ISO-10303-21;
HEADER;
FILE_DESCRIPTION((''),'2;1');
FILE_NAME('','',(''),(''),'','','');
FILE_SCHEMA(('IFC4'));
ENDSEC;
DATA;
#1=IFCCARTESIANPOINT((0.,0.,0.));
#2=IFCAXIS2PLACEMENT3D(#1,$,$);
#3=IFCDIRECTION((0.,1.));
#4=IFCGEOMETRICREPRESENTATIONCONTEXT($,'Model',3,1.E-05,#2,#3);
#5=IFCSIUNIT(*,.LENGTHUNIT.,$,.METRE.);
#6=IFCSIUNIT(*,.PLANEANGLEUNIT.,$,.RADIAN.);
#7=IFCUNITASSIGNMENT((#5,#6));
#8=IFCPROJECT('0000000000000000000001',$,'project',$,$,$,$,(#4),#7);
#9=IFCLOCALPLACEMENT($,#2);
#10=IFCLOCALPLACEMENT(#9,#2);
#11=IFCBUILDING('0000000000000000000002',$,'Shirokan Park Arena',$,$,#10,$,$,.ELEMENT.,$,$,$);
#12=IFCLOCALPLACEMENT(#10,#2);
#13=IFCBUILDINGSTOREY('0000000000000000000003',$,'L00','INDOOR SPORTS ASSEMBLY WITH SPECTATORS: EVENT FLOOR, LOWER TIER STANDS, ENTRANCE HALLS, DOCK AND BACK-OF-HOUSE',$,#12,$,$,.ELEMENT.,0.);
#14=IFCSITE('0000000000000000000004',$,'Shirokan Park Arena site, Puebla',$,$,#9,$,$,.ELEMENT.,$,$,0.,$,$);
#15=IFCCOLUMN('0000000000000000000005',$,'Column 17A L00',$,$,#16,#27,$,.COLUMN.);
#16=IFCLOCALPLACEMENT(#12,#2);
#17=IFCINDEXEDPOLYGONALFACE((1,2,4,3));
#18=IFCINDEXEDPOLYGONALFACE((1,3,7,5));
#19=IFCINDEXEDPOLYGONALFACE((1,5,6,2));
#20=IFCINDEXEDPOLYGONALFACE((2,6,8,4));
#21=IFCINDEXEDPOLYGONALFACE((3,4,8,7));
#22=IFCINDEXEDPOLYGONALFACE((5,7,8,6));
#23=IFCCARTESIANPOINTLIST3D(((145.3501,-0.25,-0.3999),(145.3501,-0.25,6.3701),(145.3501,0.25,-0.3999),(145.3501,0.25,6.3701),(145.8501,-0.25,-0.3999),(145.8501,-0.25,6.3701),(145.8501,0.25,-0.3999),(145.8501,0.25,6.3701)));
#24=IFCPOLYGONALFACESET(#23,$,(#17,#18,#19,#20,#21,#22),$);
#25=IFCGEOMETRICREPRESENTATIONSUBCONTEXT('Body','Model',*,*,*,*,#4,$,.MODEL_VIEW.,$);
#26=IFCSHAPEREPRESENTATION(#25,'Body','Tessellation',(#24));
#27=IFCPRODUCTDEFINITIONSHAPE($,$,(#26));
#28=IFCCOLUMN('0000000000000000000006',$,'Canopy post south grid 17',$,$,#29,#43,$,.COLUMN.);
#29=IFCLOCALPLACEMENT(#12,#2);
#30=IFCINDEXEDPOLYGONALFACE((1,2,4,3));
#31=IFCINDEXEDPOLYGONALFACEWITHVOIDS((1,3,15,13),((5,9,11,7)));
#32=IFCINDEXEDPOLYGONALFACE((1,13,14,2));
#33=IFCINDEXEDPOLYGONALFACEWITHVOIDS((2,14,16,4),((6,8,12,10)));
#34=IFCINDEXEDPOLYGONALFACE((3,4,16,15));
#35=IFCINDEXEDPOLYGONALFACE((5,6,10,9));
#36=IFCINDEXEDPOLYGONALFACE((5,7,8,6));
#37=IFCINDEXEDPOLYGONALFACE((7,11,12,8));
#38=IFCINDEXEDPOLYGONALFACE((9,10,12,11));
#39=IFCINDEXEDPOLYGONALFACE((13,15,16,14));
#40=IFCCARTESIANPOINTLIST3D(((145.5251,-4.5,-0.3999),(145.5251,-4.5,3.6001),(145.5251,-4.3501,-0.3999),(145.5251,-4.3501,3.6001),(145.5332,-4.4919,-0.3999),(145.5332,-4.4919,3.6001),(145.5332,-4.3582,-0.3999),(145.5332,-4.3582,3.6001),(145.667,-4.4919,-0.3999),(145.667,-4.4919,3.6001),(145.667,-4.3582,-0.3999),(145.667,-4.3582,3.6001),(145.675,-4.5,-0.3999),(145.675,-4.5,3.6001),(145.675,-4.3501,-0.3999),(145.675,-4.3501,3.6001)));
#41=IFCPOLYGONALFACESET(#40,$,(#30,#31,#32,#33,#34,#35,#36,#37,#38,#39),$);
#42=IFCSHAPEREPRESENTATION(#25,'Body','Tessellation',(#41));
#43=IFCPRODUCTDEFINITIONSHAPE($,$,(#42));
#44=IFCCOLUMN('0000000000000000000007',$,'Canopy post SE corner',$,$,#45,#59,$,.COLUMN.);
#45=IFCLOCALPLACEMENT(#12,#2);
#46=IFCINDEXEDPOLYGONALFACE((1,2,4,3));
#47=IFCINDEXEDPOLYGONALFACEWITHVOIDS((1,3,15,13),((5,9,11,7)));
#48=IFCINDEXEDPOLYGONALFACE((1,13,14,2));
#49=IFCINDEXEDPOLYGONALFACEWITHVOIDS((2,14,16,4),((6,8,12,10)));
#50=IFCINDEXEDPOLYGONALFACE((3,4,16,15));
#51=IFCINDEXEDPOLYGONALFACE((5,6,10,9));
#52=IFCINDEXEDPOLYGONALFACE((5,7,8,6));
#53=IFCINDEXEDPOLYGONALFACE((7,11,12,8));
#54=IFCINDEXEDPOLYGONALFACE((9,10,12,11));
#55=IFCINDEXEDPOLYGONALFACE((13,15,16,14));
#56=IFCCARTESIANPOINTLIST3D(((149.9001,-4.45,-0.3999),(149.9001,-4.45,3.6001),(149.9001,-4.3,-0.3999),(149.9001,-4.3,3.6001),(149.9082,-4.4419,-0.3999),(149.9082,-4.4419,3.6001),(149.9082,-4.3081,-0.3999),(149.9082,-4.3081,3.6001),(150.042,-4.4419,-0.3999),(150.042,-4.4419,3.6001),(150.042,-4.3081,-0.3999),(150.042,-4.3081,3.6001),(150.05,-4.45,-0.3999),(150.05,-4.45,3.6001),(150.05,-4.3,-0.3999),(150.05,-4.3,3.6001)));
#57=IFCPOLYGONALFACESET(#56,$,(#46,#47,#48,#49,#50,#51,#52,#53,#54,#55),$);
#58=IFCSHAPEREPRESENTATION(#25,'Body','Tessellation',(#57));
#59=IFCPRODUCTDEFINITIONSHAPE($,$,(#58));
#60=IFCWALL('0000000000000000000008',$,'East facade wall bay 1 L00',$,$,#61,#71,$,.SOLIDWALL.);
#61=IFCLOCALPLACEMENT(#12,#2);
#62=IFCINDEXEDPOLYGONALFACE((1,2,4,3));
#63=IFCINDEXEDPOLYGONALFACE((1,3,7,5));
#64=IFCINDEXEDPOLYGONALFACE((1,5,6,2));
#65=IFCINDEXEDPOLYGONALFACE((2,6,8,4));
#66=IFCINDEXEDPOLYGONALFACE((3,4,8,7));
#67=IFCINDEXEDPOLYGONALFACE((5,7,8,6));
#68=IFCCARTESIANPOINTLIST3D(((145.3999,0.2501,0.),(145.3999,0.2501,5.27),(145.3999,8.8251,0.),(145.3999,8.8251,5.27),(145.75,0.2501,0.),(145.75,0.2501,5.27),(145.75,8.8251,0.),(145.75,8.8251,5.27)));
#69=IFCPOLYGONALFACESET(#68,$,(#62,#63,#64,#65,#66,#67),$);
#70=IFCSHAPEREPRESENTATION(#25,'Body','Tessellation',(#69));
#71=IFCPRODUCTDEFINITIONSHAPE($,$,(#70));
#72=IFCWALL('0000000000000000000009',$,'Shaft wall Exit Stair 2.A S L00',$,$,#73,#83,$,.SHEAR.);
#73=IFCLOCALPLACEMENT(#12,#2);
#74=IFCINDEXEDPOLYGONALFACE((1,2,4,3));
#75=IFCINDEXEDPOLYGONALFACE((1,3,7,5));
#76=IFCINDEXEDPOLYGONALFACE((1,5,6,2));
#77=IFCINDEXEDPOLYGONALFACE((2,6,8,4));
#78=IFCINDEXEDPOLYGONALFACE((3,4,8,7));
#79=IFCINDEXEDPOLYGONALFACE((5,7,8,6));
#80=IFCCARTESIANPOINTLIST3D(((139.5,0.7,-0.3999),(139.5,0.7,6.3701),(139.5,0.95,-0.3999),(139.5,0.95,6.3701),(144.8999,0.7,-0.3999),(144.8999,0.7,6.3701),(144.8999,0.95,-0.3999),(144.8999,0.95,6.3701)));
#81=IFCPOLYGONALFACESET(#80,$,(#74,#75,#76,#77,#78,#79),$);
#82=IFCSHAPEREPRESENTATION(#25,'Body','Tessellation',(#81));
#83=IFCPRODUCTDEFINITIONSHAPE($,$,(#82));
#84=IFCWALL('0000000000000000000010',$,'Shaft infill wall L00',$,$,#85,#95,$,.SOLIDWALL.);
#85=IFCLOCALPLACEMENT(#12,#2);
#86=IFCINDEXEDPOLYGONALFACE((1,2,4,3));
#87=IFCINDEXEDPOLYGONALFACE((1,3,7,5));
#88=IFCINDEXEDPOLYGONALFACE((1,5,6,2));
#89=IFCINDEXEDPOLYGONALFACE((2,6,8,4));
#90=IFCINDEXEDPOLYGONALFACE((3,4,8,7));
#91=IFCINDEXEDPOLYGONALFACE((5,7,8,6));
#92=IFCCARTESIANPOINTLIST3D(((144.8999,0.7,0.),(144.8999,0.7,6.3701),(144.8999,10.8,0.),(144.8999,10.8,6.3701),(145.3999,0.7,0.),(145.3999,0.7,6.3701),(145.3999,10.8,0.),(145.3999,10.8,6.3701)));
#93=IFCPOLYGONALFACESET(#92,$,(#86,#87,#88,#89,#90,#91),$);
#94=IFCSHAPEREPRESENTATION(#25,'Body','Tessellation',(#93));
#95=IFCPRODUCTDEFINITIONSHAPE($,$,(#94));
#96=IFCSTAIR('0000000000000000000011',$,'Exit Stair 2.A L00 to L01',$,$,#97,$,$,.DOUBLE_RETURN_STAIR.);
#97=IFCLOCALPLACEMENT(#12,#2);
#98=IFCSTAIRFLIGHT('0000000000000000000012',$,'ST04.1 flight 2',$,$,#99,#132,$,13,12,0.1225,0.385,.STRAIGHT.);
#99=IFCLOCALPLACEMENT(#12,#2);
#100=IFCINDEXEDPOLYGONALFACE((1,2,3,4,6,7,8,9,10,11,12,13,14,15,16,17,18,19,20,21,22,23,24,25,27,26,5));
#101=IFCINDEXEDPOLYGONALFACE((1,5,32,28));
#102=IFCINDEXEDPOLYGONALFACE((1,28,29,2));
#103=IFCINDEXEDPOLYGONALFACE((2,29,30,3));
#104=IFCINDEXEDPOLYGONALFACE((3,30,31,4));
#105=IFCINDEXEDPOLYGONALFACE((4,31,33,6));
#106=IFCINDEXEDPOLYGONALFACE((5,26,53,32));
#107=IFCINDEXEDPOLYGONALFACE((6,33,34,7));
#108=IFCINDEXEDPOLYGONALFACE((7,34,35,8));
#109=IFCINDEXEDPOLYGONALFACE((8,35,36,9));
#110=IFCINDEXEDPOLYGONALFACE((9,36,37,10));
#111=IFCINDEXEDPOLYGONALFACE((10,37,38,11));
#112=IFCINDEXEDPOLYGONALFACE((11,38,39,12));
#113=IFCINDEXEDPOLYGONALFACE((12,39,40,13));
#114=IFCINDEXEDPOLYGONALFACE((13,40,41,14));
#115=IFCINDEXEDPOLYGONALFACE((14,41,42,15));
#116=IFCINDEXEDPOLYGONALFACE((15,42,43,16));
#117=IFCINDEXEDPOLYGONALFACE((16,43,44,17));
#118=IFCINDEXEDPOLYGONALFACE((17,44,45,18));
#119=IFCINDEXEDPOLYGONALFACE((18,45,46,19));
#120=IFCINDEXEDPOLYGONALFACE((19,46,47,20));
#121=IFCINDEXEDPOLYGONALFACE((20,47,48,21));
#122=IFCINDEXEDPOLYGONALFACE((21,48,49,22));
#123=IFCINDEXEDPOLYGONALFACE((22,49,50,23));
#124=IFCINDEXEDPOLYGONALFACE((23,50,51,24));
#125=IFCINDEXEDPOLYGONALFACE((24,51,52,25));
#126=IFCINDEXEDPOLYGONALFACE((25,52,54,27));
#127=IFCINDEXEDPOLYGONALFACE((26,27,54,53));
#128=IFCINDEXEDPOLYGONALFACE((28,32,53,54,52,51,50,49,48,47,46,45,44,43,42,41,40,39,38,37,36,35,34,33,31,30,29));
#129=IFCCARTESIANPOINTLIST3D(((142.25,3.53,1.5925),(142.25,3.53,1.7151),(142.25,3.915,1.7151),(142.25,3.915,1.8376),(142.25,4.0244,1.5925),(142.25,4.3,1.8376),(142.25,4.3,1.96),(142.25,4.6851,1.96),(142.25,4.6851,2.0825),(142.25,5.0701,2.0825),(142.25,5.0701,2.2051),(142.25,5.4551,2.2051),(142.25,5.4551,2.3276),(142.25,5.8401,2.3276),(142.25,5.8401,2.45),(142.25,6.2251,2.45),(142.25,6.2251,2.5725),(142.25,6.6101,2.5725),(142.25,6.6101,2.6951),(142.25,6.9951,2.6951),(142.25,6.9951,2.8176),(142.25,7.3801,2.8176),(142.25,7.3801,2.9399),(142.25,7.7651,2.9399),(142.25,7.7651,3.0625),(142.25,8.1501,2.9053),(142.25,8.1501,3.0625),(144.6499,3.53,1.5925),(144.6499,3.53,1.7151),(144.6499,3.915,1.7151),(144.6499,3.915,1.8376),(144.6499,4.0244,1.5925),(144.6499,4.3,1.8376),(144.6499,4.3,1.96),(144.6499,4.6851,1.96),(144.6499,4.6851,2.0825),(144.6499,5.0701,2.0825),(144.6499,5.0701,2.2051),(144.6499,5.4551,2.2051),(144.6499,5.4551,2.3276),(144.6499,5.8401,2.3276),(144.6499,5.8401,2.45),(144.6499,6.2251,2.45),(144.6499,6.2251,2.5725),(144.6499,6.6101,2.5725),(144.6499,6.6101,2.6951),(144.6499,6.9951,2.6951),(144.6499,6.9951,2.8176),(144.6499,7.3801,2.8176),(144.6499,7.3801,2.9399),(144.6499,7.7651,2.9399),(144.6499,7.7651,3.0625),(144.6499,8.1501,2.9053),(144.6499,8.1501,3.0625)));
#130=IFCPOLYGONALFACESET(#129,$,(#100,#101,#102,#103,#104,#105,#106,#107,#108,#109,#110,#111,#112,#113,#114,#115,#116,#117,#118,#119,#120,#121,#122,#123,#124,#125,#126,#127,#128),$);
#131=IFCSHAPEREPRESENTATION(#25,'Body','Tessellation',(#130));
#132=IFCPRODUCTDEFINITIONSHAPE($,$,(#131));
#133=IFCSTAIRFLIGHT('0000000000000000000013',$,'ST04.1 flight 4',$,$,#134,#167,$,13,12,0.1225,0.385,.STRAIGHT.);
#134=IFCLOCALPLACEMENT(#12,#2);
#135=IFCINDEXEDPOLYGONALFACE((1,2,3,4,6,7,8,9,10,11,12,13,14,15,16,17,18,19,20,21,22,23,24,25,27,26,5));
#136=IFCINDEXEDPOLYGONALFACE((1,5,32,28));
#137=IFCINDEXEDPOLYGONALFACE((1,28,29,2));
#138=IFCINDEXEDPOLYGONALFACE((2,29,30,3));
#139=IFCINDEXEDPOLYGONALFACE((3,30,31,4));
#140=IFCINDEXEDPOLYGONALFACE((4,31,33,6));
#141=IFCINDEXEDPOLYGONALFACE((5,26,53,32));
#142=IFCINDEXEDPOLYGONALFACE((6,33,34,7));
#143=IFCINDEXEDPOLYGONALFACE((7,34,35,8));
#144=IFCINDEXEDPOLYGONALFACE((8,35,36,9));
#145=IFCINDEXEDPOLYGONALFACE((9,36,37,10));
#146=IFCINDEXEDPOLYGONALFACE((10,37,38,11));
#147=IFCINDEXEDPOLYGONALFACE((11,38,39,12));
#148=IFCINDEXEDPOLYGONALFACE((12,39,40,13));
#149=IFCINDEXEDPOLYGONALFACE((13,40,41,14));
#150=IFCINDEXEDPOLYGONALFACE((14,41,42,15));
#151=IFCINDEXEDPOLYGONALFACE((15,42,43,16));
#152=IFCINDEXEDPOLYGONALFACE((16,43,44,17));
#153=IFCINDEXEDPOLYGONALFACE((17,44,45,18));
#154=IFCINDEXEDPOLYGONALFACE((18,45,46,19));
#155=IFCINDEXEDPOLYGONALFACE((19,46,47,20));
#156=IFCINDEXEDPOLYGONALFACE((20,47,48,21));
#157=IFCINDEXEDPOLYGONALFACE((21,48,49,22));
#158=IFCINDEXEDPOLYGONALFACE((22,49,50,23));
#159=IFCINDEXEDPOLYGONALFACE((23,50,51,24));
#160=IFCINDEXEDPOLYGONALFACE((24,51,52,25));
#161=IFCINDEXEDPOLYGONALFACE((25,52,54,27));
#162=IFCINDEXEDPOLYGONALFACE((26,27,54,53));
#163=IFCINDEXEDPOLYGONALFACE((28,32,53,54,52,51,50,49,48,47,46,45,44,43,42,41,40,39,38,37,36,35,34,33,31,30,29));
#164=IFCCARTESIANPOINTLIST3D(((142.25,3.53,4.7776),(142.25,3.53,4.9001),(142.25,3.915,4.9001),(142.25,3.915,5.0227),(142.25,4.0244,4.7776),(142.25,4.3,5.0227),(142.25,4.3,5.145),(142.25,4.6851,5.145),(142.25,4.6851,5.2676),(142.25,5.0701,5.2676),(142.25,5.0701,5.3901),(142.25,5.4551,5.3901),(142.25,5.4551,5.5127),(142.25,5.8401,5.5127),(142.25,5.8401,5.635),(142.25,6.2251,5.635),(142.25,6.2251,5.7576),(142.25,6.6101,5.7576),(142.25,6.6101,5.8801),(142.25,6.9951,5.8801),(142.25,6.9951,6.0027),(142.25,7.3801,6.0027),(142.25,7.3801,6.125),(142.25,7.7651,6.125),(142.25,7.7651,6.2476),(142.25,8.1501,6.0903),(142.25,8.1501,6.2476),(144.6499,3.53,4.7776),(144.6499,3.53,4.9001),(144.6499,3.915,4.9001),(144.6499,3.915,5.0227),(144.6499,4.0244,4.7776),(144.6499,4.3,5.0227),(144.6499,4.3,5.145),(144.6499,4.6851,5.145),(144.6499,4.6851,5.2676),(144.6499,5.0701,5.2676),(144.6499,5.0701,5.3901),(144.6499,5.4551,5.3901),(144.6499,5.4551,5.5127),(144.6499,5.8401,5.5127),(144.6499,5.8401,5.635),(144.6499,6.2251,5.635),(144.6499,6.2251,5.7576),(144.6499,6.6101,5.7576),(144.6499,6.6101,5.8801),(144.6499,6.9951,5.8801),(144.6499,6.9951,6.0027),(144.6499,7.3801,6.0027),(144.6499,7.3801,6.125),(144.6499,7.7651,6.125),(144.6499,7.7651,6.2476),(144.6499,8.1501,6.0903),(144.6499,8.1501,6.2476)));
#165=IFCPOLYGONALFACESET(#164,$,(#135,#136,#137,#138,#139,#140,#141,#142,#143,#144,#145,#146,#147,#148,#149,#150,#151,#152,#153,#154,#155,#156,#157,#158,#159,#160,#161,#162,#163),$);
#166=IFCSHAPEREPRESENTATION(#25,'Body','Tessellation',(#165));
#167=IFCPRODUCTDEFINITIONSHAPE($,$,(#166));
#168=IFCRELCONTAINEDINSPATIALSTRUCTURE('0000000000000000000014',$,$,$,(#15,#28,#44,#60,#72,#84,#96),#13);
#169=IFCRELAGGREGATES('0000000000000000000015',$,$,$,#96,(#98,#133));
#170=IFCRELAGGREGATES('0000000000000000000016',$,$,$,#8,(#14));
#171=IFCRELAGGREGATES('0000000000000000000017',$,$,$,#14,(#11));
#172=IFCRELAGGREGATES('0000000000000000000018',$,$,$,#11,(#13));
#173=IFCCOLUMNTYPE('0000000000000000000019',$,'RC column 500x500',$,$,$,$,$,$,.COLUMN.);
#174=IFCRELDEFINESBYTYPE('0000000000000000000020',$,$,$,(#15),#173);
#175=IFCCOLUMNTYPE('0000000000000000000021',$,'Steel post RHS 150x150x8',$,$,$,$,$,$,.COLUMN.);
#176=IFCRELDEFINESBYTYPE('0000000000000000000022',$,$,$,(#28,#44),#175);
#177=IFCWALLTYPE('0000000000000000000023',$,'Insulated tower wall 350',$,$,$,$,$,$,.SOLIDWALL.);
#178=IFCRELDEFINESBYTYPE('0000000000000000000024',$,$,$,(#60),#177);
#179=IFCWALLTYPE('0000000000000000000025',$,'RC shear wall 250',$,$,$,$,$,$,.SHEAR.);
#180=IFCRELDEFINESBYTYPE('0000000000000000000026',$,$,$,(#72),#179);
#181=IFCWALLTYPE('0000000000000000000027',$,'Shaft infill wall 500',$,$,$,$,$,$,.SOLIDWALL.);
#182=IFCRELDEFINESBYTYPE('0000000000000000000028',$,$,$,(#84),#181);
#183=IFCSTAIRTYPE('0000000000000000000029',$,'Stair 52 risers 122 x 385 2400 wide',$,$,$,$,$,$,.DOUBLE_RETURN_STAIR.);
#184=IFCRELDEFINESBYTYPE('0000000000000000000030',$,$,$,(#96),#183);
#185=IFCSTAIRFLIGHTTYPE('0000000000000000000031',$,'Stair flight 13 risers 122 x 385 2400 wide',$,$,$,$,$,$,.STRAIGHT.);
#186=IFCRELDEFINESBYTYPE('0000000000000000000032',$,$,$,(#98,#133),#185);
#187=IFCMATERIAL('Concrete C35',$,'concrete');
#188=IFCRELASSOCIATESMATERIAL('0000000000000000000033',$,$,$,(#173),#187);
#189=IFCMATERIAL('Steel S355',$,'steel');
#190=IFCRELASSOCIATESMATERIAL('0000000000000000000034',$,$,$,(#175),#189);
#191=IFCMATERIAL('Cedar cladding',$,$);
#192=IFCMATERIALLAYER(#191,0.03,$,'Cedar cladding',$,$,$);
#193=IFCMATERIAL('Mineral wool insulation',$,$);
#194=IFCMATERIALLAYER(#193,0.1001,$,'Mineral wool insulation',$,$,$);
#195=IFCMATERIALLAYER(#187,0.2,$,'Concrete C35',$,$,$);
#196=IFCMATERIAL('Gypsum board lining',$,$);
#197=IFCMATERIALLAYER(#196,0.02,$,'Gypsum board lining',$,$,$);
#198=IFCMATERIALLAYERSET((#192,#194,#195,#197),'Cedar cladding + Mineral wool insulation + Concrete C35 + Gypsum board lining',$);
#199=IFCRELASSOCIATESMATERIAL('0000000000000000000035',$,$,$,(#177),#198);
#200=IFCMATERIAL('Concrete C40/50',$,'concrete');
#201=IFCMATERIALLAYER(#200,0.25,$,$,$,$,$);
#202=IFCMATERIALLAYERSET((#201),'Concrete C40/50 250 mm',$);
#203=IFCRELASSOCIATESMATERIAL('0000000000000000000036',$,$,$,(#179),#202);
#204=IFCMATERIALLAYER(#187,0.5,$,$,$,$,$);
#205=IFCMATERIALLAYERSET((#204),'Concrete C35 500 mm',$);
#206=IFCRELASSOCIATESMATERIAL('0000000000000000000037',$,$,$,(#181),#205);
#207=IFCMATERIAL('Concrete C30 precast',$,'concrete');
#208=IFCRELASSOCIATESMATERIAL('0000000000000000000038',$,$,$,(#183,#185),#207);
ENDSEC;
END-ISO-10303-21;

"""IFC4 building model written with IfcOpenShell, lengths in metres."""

from ifc_helpers import new_model, si_unit, direction, frame, frame_2d, origin, origin_2d, place, context, subcontext, project, spatial, polyline, rectangle, hollow_rectangle, outline, extrude, material, layer, layer_set, material_profile, profile_set, type_object, element, aggregate, save


model = new_model("IFC4")

# Units and contexts
model_context = context("Model", 3, precision=1e-05, world=origin(), true_north=direction((0.0, 1.0)))
body_context = subcontext(model_context, "Body", "Model", "MODEL_VIEW")
ifc_project = project(units=[si_unit("LENGTHUNIT", "METRE"), si_unit("PLANEANGLEUNIT", "RADIAN")], contexts=[model_context])

# Site, building, storey
site_placement = place(None, origin())
site = spatial("IfcSite", under=ifc_project, at=site_placement, Name="Shirokan Park Arena site, Puebla", CompositionType="ELEMENT", RefElevation=0.0)
building_placement = place(site_placement, origin())
building = spatial("IfcBuilding", under=site, at=building_placement, Name="Shirokan Park Arena", CompositionType="ELEMENT")
storey_placement = place(building_placement, origin())
storey = spatial("IfcBuildingStorey", under=building, at=storey_placement, Name="L00", Description="INDOOR SPORTS ASSEMBLY WITH SPECTATORS: EVENT FLOOR, LOWER TIER STANDS, ENTRANCE HALLS, DOCK AND BACK-OF-HOUSE", CompositionType="ELEMENT", Elevation=0.0)

# Columns
ifc_material_1 = material(Name="Concrete C35", Category="concrete")
ifc_material_profile_1 = material_profile(ifc_material_1, rectangle(XDim=0.5, YDim=0.5, at=origin_2d()), Name="500x500")
ifc_profile_set_1 = profile_set([ifc_material_profile_1], Name="Concrete C35")
column_type_1 = type_object("IfcColumnType", Name="RC column 500x500", PredefinedType="COLUMN", material=ifc_profile_set_1)
column_placement = place(storey_placement, frame((145.6001, 0.0, -0.3999), z_axis=(0.0, 0.0, 1.0), x_axis=(1.0, 0.0, 0.0)))
element("IfcColumn", 1, at=column_placement, inside=storey, type_object=column_type_1, Name="Column 17A L00", PredefinedType="COLUMN", context=body_context, shape_type="SweptSolid", body=[
    extrude(rectangle(XDim=0.5, YDim=0.5, at=origin_2d()), origin(), (0.0, 0.0, 1.0), 6.77),
])
ifc_material_2 = material(Name="Steel S355", Category="steel")
ifc_material_profile_2 = material_profile(ifc_material_2, hollow_rectangle(XDim=0.1499, YDim=0.1499, WallThickness=0.0081, at=origin_2d()), Name="RHS 150x150x8")
ifc_profile_set_2 = profile_set([ifc_material_profile_2], Name="Steel S355")
column_type_2 = type_object("IfcColumnType", Name="Steel post RHS 150x150x8", PredefinedType="COLUMN", material=ifc_profile_set_2)
for number, where, z_axis, x_axis, name in (
    (2, (145.6001, -4.425, -0.3999), (0.0, 0.0, 1.0), (1.0, 0.0, 0.0), "Canopy post south grid 17"),
    (3, (149.9751, -4.375, -0.3999), (0.0, 0.0, 1.0), (1.0, 0.0, 0.0), "Canopy post SE corner"),
):
    element("IfcColumn", number, at=place(storey_placement, frame(where, z_axis=z_axis, x_axis=x_axis)), inside=storey, type_object=column_type_2, Name=name, PredefinedType="COLUMN", context=body_context, shape_type="SweptSolid", body=[
        extrude(hollow_rectangle(XDim=0.1499, YDim=0.1499, WallThickness=0.0081, at=origin_2d()), origin(), (0.0, 0.0, 1.0), 4.0),
    ])

# Walls
ifc_material_3 = material(Name="Cedar cladding")
ifc_layer_1 = layer(ifc_material_3, 0.03, Name="Cedar cladding")
ifc_material_4 = material(Name="Mineral wool insulation")
ifc_layer_2 = layer(ifc_material_4, 0.1001, Name="Mineral wool insulation")
ifc_layer_3 = layer(ifc_material_1, 0.2, Name="Concrete C35")
ifc_material_5 = material(Name="Gypsum board lining")
ifc_layer_4 = layer(ifc_material_5, 0.02, Name="Gypsum board lining")
ifc_layer_set_1 = layer_set([ifc_layer_1, ifc_layer_2, ifc_layer_3, ifc_layer_4], Name="Cedar cladding + Mineral wool insulation + Concrete C35 + Gypsum board lining")
wall_type_1 = type_object("IfcWallType", Name="Insulated tower wall 350", PredefinedType="SOLIDWALL", material=ifc_layer_set_1)
wall_1_placement = place(storey_placement, frame((145.575, 0.25, 0.0), z_axis=(0.0, 0.0, 1.0), x_axis=(0.0, 1.0, 0.0)))
element("IfcWall", 4, at=wall_1_placement, inside=storey, type_object=wall_type_1, Name="East facade wall bay 1 L00", PredefinedType="SOLIDWALL", context=body_context, shape_type="SweptSolid", body=[
    extrude(rectangle(XDim=8.575, YDim=0.3501, at=frame_2d((4.2876, 0.0))), origin(), (0.0, 0.0, 1.0), 5.27),
])
ifc_material_6 = material(Name="Concrete C40/50", Category="concrete")
ifc_layer_5 = layer(ifc_material_6, 0.25)
ifc_layer_set_2 = layer_set([ifc_layer_5], Name="Concrete C40/50 250 mm")
wall_type_2 = type_object("IfcWallType", Name="RC shear wall 250", PredefinedType="SHEAR", material=ifc_layer_set_2)
wall_2_placement = place(storey_placement, frame((144.8999, 0.825, -0.3999), z_axis=(0.0, 0.0, 1.0), x_axis=(-1.0, 0.0, 0.0)))
element("IfcWall", 5, at=wall_2_placement, inside=storey, type_object=wall_type_2, Name="Shaft wall Exit Stair 2.A S L00", PredefinedType="SHEAR", context=body_context, shape_type="SweptSolid", body=[
    extrude(rectangle(XDim=5.3999, YDim=0.25, at=frame_2d((2.7, 0.0))), origin(), (0.0, 0.0, 1.0), 6.77),
])
ifc_layer_6 = layer(ifc_material_1, 0.5)
ifc_layer_set_3 = layer_set([ifc_layer_6], Name="Concrete C35 500 mm")
wall_type_3 = type_object("IfcWallType", Name="Shaft infill wall 500", PredefinedType="SOLIDWALL", material=ifc_layer_set_3)
wall_3_placement = place(storey_placement, frame((145.1499, 0.7, 0.0), z_axis=(0.0, 0.0, 1.0), x_axis=(0.0, 1.0, 0.0)))
element("IfcWall", 6, at=wall_3_placement, inside=storey, type_object=wall_type_3, Name="Shaft infill wall L00", PredefinedType="SOLIDWALL", context=body_context, shape_type="SweptSolid", body=[
    extrude(rectangle(XDim=10.1001, YDim=0.5, at=frame_2d((5.05, 0.0))), origin(), (0.0, 0.0, 1.0), 6.3701),
])

# Stair, stair flights
ifc_material_7 = material(Name="Concrete C30 precast", Category="concrete")
stair_type = type_object("IfcStairType", Name="Stair 52 risers 122 x 385 2400 wide", PredefinedType="DOUBLE_RETURN_STAIR", material=ifc_material_7)
stair_placement = place(storey_placement, origin())
stair = element("IfcStair", 7, at=stair_placement, inside=storey, type_object=stair_type, Name="Exit Stair 2.A L00 to L01", PredefinedType="DOUBLE_RETURN_STAIR")
stair_flight_type = type_object("IfcStairFlightType", Name="Stair flight 13 risers 122 x 385 2400 wide", PredefinedType="STRAIGHT", material=ifc_material_7)
stair_flight_1_placement = place(storey_placement, frame((143.45, 3.53, 1.5925), z_axis=(0.0, 0.0, 1.0), x_axis=(0.0, 1.0, 0.0)))
stair_flight_1 = element("IfcStairFlight", 8, at=stair_flight_1_placement, type_object=stair_flight_type, Name="ST04.1 flight 2", NumberOfRisers=13, NumberOfTreads=12, PredefinedType="STRAIGHT", RiserHeight=0.1225, TreadLength=0.385, context=body_context, shape_type="SweptSolid", body=[
    extrude(outline(polyline([(0.0, 0.0), (0.0, 0.1226), (0.385, 0.1226), (0.385, 0.2451), (0.77, 0.2451), (0.77, 0.3674), (1.155, 0.3674), (1.155, 0.49), (1.54, 0.49), (1.54, 0.6125), (1.925, 0.6125), (1.925, 0.7351), (2.3101, 0.7351), (2.3101, 0.8574), (2.6951, 0.8574), (2.6951, 0.98), (3.0801, 0.98), (3.0801, 1.1025), (3.4651, 1.1025), (3.4651, 1.2251), (3.8501, 1.2251), (3.8501, 1.3474), (4.2351, 1.3474), (4.2351, 1.47), (4.6201, 1.47), (4.6201, 1.5925), (4.6201, 1.3127), (0.4944, 0.0), (0.0, 0.0)])), frame((0.0, 1.2, 0.0), z_axis=(0.0, -1.0, 0.0), x_axis=(1.0, 0.0, 0.0)), (0.0, 0.0, 1.0), 2.3999),
])
stair_flight_2_placement = place(storey_placement, frame((143.45, 3.53, 4.7776), z_axis=(0.0, 0.0, 1.0), x_axis=(0.0, 1.0, 0.0)))
stair_flight_2 = element("IfcStairFlight", 9, at=stair_flight_2_placement, type_object=stair_flight_type, Name="ST04.1 flight 4", NumberOfRisers=13, NumberOfTreads=12, PredefinedType="STRAIGHT", RiserHeight=0.1225, TreadLength=0.385, context=body_context, shape_type="SweptSolid", body=[
    extrude(outline(polyline([(0.0, 0.0), (0.0, 0.1226), (0.385, 0.1226), (0.385, 0.2451), (0.77, 0.2451), (0.77, 0.3674), (1.155, 0.3674), (1.155, 0.49), (1.54, 0.49), (1.54, 0.6125), (1.925, 0.6125), (1.925, 0.7351), (2.3101, 0.7351), (2.3101, 0.8574), (2.6951, 0.8574), (2.6951, 0.98), (3.0801, 0.98), (3.0801, 1.1025), (3.4651, 1.1025), (3.4651, 1.2251), (3.8501, 1.2251), (3.8501, 1.3474), (4.2351, 1.3474), (4.2351, 1.47), (4.6201, 1.47), (4.6201, 1.5925), (4.6201, 1.3127), (0.4944, 0.0), (0.0, 0.0)])), frame((0.0, 1.2, 0.0), z_axis=(0.0, -1.0, 0.0), x_axis=(1.0, 0.0, 0.0)), (0.0, 0.0, 1.0), 2.3999),
])
aggregate(stair, [stair_flight_1, stair_flight_2])

save(model, "model.ifc")
